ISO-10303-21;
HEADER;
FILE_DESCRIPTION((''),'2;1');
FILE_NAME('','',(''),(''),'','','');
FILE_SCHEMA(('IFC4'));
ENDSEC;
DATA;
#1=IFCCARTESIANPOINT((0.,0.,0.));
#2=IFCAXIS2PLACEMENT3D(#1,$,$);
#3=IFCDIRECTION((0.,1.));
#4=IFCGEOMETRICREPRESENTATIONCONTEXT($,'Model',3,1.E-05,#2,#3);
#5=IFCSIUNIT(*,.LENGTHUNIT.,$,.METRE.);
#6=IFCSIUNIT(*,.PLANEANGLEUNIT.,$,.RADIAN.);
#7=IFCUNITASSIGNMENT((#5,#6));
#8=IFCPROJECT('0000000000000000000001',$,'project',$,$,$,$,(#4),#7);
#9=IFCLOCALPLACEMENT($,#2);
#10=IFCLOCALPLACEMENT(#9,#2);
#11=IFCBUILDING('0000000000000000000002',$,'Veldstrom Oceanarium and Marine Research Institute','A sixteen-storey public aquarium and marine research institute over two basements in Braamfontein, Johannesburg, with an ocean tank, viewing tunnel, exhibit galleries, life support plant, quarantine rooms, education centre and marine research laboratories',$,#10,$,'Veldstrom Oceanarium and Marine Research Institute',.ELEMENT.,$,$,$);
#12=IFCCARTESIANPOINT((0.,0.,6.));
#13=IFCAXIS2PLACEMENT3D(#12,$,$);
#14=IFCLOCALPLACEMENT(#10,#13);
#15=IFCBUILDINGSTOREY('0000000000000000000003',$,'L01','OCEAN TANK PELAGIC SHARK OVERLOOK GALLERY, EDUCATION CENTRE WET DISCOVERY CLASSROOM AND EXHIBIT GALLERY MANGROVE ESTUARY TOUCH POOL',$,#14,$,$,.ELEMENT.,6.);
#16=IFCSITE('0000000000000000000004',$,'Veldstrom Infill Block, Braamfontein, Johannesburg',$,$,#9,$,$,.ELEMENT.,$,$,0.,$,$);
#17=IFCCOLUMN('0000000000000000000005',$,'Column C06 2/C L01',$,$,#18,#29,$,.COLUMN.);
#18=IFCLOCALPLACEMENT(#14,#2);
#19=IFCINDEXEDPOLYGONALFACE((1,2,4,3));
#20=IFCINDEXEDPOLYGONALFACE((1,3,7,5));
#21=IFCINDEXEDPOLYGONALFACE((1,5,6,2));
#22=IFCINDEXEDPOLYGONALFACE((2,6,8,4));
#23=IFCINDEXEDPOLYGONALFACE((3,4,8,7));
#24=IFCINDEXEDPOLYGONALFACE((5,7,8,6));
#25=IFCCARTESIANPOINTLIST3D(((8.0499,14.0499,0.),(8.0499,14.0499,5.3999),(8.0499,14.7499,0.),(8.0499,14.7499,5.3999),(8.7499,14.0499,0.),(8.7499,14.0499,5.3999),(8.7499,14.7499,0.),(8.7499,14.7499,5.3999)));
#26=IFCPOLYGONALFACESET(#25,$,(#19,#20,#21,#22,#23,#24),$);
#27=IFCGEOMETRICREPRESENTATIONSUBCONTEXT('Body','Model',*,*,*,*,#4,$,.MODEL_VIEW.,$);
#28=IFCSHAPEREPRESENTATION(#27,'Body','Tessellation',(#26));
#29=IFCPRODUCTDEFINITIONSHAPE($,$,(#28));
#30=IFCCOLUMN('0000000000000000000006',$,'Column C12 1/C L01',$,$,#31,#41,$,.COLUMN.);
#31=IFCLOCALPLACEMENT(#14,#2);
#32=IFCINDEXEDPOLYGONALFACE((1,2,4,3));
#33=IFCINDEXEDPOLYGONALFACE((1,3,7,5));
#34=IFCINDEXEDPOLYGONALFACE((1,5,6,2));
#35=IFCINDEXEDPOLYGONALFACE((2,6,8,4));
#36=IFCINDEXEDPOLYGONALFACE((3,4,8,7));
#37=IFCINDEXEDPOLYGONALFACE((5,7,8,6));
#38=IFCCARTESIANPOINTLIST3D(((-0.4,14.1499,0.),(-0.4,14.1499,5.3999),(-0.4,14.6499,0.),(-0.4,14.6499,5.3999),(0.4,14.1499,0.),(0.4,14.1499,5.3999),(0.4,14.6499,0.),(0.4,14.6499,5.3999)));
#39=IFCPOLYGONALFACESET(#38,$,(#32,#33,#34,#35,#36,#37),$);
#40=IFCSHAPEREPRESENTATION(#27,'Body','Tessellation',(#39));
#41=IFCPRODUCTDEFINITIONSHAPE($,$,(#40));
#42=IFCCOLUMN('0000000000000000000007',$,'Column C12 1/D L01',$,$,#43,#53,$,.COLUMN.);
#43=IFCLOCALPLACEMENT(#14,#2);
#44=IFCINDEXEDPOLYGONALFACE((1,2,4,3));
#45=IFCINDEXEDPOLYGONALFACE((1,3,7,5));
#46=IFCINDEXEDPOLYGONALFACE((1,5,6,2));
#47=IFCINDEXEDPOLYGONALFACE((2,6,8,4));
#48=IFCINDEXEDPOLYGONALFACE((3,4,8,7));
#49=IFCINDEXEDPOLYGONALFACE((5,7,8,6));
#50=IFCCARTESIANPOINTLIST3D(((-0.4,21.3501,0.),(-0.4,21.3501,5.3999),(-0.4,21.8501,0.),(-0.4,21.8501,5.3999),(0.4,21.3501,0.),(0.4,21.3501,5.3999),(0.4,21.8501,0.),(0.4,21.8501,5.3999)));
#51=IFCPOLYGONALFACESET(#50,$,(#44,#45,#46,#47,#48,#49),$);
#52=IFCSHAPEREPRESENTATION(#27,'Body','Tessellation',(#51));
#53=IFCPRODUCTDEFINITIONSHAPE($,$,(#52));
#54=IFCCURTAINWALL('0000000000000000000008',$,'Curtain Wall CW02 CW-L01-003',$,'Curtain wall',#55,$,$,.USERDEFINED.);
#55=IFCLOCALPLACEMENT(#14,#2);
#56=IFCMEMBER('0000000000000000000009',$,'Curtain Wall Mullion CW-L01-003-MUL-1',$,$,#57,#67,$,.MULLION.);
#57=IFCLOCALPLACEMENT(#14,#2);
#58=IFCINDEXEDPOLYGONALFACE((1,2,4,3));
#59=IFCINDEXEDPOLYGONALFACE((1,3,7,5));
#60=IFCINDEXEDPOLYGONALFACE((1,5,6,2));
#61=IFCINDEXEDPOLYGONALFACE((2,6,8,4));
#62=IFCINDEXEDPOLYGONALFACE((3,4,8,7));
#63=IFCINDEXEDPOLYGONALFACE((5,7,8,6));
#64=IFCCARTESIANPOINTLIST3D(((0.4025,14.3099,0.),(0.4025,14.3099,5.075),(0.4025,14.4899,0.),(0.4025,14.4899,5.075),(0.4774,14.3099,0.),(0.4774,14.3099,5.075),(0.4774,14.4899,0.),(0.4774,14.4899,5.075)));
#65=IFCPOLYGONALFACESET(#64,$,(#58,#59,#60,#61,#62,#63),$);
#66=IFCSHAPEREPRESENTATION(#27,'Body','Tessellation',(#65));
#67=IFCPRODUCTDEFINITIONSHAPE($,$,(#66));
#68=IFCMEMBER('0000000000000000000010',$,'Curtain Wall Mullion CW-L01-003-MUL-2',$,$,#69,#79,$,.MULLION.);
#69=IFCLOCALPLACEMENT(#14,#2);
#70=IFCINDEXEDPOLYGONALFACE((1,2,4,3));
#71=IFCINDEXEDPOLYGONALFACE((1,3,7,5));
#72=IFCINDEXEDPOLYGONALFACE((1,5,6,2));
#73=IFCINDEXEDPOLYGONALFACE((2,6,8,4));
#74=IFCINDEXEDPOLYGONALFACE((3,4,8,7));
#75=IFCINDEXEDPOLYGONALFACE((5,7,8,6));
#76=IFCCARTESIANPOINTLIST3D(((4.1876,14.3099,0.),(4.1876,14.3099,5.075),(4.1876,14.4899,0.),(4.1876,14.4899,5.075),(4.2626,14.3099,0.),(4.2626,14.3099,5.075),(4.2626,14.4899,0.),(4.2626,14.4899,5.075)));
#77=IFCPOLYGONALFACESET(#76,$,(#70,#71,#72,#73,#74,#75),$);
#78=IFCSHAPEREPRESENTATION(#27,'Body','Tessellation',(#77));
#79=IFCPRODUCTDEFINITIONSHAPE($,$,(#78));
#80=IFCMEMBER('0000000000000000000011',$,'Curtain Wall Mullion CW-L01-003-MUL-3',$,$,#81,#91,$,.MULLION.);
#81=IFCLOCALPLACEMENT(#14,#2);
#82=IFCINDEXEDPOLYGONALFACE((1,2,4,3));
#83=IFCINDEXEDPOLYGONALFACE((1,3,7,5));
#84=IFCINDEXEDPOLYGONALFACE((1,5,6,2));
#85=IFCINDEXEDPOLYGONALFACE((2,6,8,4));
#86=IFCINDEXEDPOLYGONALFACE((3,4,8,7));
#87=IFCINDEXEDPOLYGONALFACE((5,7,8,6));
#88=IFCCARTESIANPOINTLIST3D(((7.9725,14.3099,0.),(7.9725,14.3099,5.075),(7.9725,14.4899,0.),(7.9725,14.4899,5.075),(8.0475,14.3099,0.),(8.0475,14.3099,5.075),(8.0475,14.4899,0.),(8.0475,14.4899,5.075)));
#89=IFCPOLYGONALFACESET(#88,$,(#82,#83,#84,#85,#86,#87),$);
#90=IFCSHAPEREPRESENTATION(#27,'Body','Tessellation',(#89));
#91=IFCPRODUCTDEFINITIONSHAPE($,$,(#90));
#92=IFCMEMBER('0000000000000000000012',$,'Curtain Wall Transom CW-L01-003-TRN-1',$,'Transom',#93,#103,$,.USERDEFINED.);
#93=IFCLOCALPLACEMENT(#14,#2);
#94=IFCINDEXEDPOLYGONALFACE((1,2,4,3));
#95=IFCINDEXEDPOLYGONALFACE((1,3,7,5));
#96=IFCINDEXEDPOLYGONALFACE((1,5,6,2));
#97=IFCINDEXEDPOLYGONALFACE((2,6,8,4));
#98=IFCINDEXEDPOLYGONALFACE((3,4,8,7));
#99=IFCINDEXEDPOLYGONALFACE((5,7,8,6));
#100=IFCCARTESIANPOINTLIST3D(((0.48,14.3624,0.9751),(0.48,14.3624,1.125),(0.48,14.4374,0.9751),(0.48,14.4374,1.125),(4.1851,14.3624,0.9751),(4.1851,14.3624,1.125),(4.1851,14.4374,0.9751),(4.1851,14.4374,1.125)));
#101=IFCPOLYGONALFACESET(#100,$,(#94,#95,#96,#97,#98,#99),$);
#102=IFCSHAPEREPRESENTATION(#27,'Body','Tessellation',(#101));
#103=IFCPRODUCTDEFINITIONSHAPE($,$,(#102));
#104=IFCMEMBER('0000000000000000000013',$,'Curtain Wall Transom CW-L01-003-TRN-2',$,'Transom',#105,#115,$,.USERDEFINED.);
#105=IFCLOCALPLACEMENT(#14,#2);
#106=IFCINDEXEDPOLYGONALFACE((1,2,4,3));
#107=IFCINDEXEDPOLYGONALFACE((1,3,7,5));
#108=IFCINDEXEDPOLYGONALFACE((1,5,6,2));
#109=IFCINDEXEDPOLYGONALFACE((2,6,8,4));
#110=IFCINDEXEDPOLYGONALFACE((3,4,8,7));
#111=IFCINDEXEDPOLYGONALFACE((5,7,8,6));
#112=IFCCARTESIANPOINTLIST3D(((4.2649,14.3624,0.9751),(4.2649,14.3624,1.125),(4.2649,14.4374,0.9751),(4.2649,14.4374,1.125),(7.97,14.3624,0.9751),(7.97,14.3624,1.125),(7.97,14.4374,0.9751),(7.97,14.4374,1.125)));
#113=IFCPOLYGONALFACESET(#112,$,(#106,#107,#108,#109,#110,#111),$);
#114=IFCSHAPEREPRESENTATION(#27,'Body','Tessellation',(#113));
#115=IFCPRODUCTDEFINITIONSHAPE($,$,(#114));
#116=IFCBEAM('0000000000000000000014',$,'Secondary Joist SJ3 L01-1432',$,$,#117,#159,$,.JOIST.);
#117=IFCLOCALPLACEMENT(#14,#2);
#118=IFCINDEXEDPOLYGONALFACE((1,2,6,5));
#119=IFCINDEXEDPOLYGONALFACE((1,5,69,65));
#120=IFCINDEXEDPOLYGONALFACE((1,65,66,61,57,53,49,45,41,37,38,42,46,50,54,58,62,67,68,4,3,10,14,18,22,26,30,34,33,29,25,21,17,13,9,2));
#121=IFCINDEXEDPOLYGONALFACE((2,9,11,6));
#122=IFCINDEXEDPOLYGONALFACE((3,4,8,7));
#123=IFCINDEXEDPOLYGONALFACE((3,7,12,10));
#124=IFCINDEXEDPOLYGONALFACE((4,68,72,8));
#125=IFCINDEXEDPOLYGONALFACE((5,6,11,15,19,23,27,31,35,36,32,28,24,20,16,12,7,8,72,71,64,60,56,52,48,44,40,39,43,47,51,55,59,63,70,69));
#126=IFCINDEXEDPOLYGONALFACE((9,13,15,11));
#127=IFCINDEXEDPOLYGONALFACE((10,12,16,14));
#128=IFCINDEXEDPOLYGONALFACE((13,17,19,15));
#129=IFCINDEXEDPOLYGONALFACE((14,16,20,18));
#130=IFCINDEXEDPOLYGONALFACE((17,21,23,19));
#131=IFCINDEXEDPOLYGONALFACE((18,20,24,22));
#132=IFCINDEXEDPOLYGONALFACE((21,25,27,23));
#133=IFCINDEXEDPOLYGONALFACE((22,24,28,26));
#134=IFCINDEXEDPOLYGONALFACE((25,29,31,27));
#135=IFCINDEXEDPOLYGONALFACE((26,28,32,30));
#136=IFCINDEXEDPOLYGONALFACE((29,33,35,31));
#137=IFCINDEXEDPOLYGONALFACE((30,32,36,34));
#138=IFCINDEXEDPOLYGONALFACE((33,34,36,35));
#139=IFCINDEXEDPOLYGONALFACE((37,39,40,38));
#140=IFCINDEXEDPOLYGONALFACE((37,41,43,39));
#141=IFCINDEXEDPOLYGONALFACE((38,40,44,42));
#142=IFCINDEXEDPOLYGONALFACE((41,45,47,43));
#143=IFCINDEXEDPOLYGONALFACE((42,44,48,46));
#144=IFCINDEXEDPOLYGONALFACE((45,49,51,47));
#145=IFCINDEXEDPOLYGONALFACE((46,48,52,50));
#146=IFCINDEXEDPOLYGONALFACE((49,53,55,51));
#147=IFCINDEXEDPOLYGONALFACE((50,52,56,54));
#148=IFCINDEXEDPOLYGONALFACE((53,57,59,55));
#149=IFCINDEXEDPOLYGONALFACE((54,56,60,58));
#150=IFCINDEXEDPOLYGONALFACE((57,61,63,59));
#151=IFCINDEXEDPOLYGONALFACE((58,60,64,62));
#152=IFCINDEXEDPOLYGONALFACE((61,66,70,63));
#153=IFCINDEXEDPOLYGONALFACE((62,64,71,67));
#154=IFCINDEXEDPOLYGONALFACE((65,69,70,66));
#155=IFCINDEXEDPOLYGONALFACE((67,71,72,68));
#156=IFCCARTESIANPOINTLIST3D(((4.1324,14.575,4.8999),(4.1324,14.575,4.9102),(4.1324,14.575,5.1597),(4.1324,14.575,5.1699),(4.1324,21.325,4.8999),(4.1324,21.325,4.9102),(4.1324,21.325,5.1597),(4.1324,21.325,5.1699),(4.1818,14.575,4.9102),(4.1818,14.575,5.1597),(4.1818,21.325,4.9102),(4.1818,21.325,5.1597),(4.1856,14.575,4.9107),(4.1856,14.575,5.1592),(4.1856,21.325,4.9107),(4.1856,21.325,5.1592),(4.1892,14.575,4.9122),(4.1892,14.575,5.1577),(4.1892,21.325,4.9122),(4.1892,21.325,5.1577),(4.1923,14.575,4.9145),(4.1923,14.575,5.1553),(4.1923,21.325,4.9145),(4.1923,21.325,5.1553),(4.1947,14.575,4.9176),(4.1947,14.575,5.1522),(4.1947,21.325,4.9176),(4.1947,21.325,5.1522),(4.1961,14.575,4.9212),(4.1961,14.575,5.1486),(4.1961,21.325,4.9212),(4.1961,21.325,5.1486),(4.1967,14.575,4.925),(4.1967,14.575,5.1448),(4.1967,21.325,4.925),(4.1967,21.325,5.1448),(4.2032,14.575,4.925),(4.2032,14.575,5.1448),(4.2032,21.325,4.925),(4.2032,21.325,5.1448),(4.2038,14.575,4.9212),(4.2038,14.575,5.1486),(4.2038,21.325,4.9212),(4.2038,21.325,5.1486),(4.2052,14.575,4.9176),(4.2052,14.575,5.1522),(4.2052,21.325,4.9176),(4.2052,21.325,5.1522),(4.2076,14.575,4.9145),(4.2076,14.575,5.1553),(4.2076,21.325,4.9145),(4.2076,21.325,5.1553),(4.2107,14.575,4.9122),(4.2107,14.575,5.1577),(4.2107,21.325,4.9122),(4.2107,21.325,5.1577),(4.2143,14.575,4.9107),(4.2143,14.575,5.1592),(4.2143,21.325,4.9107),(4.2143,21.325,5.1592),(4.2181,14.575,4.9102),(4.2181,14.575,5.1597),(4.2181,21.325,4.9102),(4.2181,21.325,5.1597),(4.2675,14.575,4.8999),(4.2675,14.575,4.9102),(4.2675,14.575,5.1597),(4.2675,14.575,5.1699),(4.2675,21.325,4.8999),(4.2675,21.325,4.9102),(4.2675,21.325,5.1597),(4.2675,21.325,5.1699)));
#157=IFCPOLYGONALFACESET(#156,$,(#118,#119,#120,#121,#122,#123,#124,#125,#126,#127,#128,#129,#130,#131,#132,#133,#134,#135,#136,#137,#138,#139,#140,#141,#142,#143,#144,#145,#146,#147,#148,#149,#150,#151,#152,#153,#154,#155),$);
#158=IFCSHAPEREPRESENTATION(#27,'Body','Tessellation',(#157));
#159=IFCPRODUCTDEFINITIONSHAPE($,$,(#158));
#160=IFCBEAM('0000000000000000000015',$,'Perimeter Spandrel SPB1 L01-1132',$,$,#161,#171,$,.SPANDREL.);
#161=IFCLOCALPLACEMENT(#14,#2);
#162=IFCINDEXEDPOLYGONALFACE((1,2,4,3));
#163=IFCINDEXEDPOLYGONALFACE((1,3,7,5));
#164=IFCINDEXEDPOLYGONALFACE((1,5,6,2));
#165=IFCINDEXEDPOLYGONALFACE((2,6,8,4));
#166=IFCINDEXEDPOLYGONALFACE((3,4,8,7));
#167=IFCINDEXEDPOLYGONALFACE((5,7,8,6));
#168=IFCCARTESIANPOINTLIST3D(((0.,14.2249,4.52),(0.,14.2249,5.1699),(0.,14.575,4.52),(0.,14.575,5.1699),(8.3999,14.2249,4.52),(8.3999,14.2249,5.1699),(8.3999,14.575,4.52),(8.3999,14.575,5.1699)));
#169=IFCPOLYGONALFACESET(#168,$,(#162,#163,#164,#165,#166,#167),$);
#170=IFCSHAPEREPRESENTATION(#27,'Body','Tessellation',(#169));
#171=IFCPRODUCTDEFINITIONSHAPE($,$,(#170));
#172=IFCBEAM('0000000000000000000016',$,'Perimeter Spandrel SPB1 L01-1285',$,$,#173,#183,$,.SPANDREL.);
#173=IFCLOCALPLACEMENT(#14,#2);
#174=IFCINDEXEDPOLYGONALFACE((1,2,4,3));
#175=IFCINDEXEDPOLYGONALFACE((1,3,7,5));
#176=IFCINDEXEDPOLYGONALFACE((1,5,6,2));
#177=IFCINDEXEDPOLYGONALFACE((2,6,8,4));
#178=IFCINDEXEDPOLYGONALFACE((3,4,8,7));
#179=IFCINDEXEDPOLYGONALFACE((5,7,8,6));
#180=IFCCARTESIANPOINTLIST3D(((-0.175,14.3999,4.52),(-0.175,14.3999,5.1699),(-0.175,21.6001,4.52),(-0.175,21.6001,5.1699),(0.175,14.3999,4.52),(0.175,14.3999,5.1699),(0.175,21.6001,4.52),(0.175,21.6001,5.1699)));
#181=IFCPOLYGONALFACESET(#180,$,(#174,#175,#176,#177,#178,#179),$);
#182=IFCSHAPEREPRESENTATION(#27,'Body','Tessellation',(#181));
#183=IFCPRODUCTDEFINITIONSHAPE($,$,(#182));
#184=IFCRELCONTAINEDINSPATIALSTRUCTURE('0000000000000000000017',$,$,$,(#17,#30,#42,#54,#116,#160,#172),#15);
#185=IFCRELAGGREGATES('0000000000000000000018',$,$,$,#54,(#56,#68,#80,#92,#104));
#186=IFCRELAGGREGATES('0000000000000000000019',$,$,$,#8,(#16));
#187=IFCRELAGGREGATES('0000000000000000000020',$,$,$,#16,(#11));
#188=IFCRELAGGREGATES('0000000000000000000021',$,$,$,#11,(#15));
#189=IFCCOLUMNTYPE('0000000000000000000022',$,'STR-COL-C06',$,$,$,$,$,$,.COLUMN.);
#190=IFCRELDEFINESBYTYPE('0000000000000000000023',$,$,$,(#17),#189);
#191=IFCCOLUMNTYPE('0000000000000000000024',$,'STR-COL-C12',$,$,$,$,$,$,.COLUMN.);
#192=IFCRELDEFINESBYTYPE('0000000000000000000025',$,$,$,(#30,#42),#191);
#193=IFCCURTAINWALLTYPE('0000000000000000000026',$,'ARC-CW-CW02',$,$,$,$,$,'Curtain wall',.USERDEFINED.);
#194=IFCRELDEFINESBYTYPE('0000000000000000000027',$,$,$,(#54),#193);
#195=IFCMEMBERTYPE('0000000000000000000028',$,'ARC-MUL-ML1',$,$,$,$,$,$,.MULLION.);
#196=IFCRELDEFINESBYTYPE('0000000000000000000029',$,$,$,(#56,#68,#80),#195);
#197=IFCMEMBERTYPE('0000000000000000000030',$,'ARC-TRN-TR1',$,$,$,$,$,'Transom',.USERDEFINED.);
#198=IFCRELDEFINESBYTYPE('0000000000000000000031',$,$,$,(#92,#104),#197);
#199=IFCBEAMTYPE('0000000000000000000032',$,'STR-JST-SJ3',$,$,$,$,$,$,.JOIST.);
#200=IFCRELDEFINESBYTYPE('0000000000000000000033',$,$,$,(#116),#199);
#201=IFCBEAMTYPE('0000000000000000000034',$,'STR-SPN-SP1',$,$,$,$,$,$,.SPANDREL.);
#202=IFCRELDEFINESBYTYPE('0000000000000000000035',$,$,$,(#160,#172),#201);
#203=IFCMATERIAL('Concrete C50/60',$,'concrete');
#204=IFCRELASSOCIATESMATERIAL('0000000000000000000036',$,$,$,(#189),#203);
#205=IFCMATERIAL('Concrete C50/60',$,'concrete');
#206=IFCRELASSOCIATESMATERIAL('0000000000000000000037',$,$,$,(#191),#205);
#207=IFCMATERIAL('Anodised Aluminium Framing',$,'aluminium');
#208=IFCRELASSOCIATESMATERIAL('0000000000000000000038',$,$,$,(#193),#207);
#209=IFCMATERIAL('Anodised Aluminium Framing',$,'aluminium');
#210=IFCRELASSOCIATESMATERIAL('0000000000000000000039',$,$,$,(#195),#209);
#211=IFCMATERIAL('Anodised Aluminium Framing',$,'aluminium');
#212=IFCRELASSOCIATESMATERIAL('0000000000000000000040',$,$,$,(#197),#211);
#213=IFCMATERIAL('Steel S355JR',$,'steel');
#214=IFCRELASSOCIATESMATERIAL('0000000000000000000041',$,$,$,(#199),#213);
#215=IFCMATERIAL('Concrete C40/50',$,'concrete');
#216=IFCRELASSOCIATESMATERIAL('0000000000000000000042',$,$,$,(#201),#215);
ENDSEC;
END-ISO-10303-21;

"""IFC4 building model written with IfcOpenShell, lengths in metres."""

from ifc_helpers import new_model, si_unit, direction, frame, origin, origin_2d, place, context, subcontext, project, spatial, rectangle, i_section, extrude, material, material_profile, profile_set, type_object, element, aggregate, save


model = new_model("IFC4")

# Units and contexts
model_context = context("Model", 3, precision=1e-05, world=origin(), true_north=direction((0.0, 1.0)))
body_context = subcontext(model_context, "Body", "Model", "MODEL_VIEW")
ifc_project = project(units=[si_unit("LENGTHUNIT", "METRE"), si_unit("PLANEANGLEUNIT", "RADIAN")], contexts=[model_context])

# Site, building, storey
site_placement = place(None, origin())
site = spatial("IfcSite", under=ifc_project, at=site_placement, Name="Veldstrom Infill Block, Braamfontein, Johannesburg", CompositionType="ELEMENT", RefElevation=0.0)
building_placement = place(site_placement, origin())
building = spatial("IfcBuilding", under=site, at=building_placement, Name="Veldstrom Oceanarium and Marine Research Institute", Description="A sixteen-storey public aquarium and marine research institute over two basements in Braamfontein, Johannesburg, with an ocean tank, viewing tunnel, exhibit galleries, life support plant, quarantine rooms, education centre and marine research laboratories", LongName="Veldstrom Oceanarium and Marine Research Institute", CompositionType="ELEMENT")
storey_placement = place(building_placement, frame((0.0, 0.0, 6.0)))
storey = spatial("IfcBuildingStorey", under=building, at=storey_placement, Name="L01", Description="OCEAN TANK PELAGIC SHARK OVERLOOK GALLERY, EDUCATION CENTRE WET DISCOVERY CLASSROOM AND EXHIBIT GALLERY MANGROVE ESTUARY TOUCH POOL", CompositionType="ELEMENT", Elevation=6.0)

# Columns
ifc_material_1 = material(Name="Concrete C50/60", Category="concrete")
ifc_material_profile_1 = material_profile(ifc_material_1, rectangle(XDim=0.7, YDim=0.7, at=origin_2d()), Name="RC-COL-700x700")
ifc_profile_set_1 = profile_set([ifc_material_profile_1], Name="Concrete C50/60")
column_type_1 = type_object("IfcColumnType", Name="STR-COL-C06", PredefinedType="COLUMN", material=ifc_profile_set_1)
column_placement = place(storey_placement, frame((8.3999, 14.3999, 0.0), z_axis=(0.0, 0.0, 1.0), x_axis=(1.0, 0.0, 0.0)))
element("IfcColumn", 1, at=column_placement, inside=storey, type_object=column_type_1, Name="Column C06 2/C L01", PredefinedType="COLUMN", context=body_context, shape_type="SweptSolid", body=[
    extrude(rectangle(XDim=0.7, YDim=0.7, at=origin_2d()), origin(), (0.0, 0.0, 1.0), 5.3999),
])
ifc_material_2 = material(Name="Concrete C50/60", Category="concrete")
ifc_material_profile_2 = material_profile(ifc_material_2, rectangle(XDim=0.5, YDim=0.8, at=origin_2d()), Name="RC-COL-800x500")
ifc_profile_set_2 = profile_set([ifc_material_profile_2], Name="Concrete C50/60")
column_type_2 = type_object("IfcColumnType", Name="STR-COL-C12", PredefinedType="COLUMN", material=ifc_profile_set_2)
for number, where, z_axis, x_axis, name in (
    (2, (0.0, 14.3999, 0.0), (0.0, 0.0, 1.0), (0.0, 1.0, 0.0), "Column C12 1/C L01"),
    (3, (0.0, 21.6001, 0.0), (0.0, 0.0, 1.0), (0.0, 1.0, 0.0), "Column C12 1/D L01"),
):
    element("IfcColumn", number, at=place(storey_placement, frame(where, z_axis=z_axis, x_axis=x_axis)), inside=storey, type_object=column_type_2, Name=name, PredefinedType="COLUMN", context=body_context, shape_type="SweptSolid", body=[
        extrude(rectangle(XDim=0.5, YDim=0.8, at=origin_2d()), origin(), (0.0, 0.0, 1.0), 5.3999),
    ])

# Curtain wall, members
ifc_material_3 = material(Name="Anodised Aluminium Framing", Category="aluminium")
curtain_wall_type = type_object("IfcCurtainWallType", Name="ARC-CW-CW02", ElementType="Curtain wall", PredefinedType="USERDEFINED", material=ifc_material_3)
curtain_wall_placement = place(storey_placement, origin())
curtain_wall = element("IfcCurtainWall", 4, at=curtain_wall_placement, inside=storey, type_object=curtain_wall_type, Name="Curtain Wall CW02 CW-L01-003", ObjectType="Curtain wall", PredefinedType="USERDEFINED")
ifc_material_4 = material(Name="Anodised Aluminium Framing", Category="aluminium")
ifc_material_profile_3 = material_profile(ifc_material_4, rectangle(XDim=0.075, YDim=0.1799, at=origin_2d()), Name="ALU-MUL-75x180")
ifc_profile_set_3 = profile_set([ifc_material_profile_3], Name="Anodised Aluminium Framing")
member_type_1 = type_object("IfcMemberType", Name="ARC-MUL-ML1", PredefinedType="MULLION", material=ifc_profile_set_3)
member_1_placement = place(storey_placement, frame((0.4399, 14.3999, 0.0), z_axis=(0.0, 0.0, 1.0), x_axis=(1.0, 0.0, 0.0)))
member_1 = element("IfcMember", 5, at=member_1_placement, type_object=member_type_1, Name="Curtain Wall Mullion CW-L01-003-MUL-1", PredefinedType="MULLION", context=body_context, shape_type="SweptSolid", body=[
    extrude(rectangle(XDim=0.075, YDim=0.1799, at=origin_2d()), origin(), (0.0, 0.0, 1.0), 5.075),
])
member_2_placement = place(storey_placement, frame((4.2251, 14.3999, 0.0), z_axis=(0.0, 0.0, 1.0), x_axis=(1.0, 0.0, 0.0)))
member_2 = element("IfcMember", 6, at=member_2_placement, type_object=member_type_1, Name="Curtain Wall Mullion CW-L01-003-MUL-2", PredefinedType="MULLION", context=body_context, shape_type="SweptSolid", body=[
    extrude(rectangle(XDim=0.075, YDim=0.1799, at=origin_2d()), origin(), (0.0, 0.0, 1.0), 5.075),
])
member_3_placement = place(storey_placement, frame((8.01, 14.3999, 0.0), z_axis=(0.0, 0.0, 1.0), x_axis=(1.0, 0.0, 0.0)))
member_3 = element("IfcMember", 7, at=member_3_placement, type_object=member_type_1, Name="Curtain Wall Mullion CW-L01-003-MUL-3", PredefinedType="MULLION", context=body_context, shape_type="SweptSolid", body=[
    extrude(rectangle(XDim=0.075, YDim=0.1799, at=origin_2d()), origin(), (0.0, 0.0, 1.0), 5.075),
])
ifc_material_5 = material(Name="Anodised Aluminium Framing", Category="aluminium")
ifc_material_profile_4 = material_profile(ifc_material_5, rectangle(XDim=0.075, YDim=0.1499, at=origin_2d()), Name="ALU-TRN-75x150")
ifc_profile_set_4 = profile_set([ifc_material_profile_4], Name="Anodised Aluminium Framing")
member_type_2 = type_object("IfcMemberType", Name="ARC-TRN-TR1", ElementType="Transom", PredefinedType="USERDEFINED", material=ifc_profile_set_4)
member_4_placement = place(storey_placement, frame((0.48, 14.3999, 1.05), z_axis=(1.0, 0.0, 0.0), x_axis=(0.0, 1.0, 0.0)))
member_4 = element("IfcMember", 8, at=member_4_placement, type_object=member_type_2, Name="Curtain Wall Transom CW-L01-003-TRN-1", ObjectType="Transom", PredefinedType="USERDEFINED", context=body_context, shape_type="SweptSolid", body=[
    extrude(rectangle(XDim=0.075, YDim=0.1499, at=origin_2d()), origin(), (0.0, 0.0, 1.0), 3.7051),
])
member_5_placement = place(storey_placement, frame((4.2649, 14.3999, 1.05), z_axis=(1.0, 0.0, 0.0), x_axis=(0.0, 1.0, 0.0)))
member_5 = element("IfcMember", 9, at=member_5_placement, type_object=member_type_2, Name="Curtain Wall Transom CW-L01-003-TRN-2", ObjectType="Transom", PredefinedType="USERDEFINED", context=body_context, shape_type="SweptSolid", body=[
    extrude(rectangle(XDim=0.075, YDim=0.1499, at=origin_2d()), origin(), (0.0, 0.0, 1.0), 3.7051),
])

# Beams
ifc_material_6 = material(Name="Steel S355JR", Category="steel")
ifc_material_profile_5 = material_profile(ifc_material_6, i_section(OverallWidth=0.135, OverallDepth=0.27, WebThickness=0.0066, FlangeThickness=0.0103, FilletRadius=0.0149, at=origin_2d()), Name="IPE 270")
ifc_profile_set_5 = profile_set([ifc_material_profile_5], Name="Steel S355JR")
beam_type_1 = type_object("IfcBeamType", Name="STR-JST-SJ3", PredefinedType="JOIST", material=ifc_profile_set_5)
beam_1_placement = place(storey_placement, frame((4.2, 14.575, 5.0349), z_axis=(0.0, 1.0, 0.0), x_axis=(-1.0, 0.0, 0.0)))
element("IfcBeam", 10, at=beam_1_placement, inside=storey, type_object=beam_type_1, Name="Secondary Joist SJ3 L01-1432", PredefinedType="JOIST", context=body_context, shape_type="SweptSolid", body=[
    extrude(i_section(OverallWidth=0.135, OverallDepth=0.27, WebThickness=0.0066, FlangeThickness=0.0103, FilletRadius=0.0149, at=origin_2d()), origin(), (0.0, 0.0, 1.0), 6.75),
])
ifc_material_7 = material(Name="Concrete C40/50", Category="concrete")
ifc_material_profile_6 = material_profile(ifc_material_7, rectangle(XDim=0.3501, YDim=0.6499, at=origin_2d()), Name="RC-SPN-350x650")
ifc_profile_set_6 = profile_set([ifc_material_profile_6], Name="Concrete C40/50")
beam_type_2 = type_object("IfcBeamType", Name="STR-SPN-SP1", PredefinedType="SPANDREL", material=ifc_profile_set_6)
beam_2_placement = place(storey_placement, frame((0.0, 14.3999, 4.845), z_axis=(1.0, 0.0, 0.0), x_axis=(0.0, 1.0, 0.0)))
element("IfcBeam", 11, at=beam_2_placement, inside=storey, type_object=beam_type_2, Name="Perimeter Spandrel SPB1 L01-1132", PredefinedType="SPANDREL", context=body_context, shape_type="SweptSolid", body=[
    extrude(rectangle(XDim=0.3501, YDim=0.6499, at=origin_2d()), origin(), (0.0, 0.0, 1.0), 8.3999),
])
beam_3_placement = place(storey_placement, frame((0.0, 14.3999, 4.845), z_axis=(0.0, 1.0, 0.0), x_axis=(-1.0, 0.0, 0.0)))
element("IfcBeam", 12, at=beam_3_placement, inside=storey, type_object=beam_type_2, Name="Perimeter Spandrel SPB1 L01-1285", PredefinedType="SPANDREL", context=body_context, shape_type="SweptSolid", body=[
    extrude(rectangle(XDim=0.3501, YDim=0.6499, at=origin_2d()), origin(), (0.0, 0.0, 1.0), 7.2002),
])

aggregate(curtain_wall, [member_1, member_2, member_3, member_4, member_5])

save(model, "model.ifc")
